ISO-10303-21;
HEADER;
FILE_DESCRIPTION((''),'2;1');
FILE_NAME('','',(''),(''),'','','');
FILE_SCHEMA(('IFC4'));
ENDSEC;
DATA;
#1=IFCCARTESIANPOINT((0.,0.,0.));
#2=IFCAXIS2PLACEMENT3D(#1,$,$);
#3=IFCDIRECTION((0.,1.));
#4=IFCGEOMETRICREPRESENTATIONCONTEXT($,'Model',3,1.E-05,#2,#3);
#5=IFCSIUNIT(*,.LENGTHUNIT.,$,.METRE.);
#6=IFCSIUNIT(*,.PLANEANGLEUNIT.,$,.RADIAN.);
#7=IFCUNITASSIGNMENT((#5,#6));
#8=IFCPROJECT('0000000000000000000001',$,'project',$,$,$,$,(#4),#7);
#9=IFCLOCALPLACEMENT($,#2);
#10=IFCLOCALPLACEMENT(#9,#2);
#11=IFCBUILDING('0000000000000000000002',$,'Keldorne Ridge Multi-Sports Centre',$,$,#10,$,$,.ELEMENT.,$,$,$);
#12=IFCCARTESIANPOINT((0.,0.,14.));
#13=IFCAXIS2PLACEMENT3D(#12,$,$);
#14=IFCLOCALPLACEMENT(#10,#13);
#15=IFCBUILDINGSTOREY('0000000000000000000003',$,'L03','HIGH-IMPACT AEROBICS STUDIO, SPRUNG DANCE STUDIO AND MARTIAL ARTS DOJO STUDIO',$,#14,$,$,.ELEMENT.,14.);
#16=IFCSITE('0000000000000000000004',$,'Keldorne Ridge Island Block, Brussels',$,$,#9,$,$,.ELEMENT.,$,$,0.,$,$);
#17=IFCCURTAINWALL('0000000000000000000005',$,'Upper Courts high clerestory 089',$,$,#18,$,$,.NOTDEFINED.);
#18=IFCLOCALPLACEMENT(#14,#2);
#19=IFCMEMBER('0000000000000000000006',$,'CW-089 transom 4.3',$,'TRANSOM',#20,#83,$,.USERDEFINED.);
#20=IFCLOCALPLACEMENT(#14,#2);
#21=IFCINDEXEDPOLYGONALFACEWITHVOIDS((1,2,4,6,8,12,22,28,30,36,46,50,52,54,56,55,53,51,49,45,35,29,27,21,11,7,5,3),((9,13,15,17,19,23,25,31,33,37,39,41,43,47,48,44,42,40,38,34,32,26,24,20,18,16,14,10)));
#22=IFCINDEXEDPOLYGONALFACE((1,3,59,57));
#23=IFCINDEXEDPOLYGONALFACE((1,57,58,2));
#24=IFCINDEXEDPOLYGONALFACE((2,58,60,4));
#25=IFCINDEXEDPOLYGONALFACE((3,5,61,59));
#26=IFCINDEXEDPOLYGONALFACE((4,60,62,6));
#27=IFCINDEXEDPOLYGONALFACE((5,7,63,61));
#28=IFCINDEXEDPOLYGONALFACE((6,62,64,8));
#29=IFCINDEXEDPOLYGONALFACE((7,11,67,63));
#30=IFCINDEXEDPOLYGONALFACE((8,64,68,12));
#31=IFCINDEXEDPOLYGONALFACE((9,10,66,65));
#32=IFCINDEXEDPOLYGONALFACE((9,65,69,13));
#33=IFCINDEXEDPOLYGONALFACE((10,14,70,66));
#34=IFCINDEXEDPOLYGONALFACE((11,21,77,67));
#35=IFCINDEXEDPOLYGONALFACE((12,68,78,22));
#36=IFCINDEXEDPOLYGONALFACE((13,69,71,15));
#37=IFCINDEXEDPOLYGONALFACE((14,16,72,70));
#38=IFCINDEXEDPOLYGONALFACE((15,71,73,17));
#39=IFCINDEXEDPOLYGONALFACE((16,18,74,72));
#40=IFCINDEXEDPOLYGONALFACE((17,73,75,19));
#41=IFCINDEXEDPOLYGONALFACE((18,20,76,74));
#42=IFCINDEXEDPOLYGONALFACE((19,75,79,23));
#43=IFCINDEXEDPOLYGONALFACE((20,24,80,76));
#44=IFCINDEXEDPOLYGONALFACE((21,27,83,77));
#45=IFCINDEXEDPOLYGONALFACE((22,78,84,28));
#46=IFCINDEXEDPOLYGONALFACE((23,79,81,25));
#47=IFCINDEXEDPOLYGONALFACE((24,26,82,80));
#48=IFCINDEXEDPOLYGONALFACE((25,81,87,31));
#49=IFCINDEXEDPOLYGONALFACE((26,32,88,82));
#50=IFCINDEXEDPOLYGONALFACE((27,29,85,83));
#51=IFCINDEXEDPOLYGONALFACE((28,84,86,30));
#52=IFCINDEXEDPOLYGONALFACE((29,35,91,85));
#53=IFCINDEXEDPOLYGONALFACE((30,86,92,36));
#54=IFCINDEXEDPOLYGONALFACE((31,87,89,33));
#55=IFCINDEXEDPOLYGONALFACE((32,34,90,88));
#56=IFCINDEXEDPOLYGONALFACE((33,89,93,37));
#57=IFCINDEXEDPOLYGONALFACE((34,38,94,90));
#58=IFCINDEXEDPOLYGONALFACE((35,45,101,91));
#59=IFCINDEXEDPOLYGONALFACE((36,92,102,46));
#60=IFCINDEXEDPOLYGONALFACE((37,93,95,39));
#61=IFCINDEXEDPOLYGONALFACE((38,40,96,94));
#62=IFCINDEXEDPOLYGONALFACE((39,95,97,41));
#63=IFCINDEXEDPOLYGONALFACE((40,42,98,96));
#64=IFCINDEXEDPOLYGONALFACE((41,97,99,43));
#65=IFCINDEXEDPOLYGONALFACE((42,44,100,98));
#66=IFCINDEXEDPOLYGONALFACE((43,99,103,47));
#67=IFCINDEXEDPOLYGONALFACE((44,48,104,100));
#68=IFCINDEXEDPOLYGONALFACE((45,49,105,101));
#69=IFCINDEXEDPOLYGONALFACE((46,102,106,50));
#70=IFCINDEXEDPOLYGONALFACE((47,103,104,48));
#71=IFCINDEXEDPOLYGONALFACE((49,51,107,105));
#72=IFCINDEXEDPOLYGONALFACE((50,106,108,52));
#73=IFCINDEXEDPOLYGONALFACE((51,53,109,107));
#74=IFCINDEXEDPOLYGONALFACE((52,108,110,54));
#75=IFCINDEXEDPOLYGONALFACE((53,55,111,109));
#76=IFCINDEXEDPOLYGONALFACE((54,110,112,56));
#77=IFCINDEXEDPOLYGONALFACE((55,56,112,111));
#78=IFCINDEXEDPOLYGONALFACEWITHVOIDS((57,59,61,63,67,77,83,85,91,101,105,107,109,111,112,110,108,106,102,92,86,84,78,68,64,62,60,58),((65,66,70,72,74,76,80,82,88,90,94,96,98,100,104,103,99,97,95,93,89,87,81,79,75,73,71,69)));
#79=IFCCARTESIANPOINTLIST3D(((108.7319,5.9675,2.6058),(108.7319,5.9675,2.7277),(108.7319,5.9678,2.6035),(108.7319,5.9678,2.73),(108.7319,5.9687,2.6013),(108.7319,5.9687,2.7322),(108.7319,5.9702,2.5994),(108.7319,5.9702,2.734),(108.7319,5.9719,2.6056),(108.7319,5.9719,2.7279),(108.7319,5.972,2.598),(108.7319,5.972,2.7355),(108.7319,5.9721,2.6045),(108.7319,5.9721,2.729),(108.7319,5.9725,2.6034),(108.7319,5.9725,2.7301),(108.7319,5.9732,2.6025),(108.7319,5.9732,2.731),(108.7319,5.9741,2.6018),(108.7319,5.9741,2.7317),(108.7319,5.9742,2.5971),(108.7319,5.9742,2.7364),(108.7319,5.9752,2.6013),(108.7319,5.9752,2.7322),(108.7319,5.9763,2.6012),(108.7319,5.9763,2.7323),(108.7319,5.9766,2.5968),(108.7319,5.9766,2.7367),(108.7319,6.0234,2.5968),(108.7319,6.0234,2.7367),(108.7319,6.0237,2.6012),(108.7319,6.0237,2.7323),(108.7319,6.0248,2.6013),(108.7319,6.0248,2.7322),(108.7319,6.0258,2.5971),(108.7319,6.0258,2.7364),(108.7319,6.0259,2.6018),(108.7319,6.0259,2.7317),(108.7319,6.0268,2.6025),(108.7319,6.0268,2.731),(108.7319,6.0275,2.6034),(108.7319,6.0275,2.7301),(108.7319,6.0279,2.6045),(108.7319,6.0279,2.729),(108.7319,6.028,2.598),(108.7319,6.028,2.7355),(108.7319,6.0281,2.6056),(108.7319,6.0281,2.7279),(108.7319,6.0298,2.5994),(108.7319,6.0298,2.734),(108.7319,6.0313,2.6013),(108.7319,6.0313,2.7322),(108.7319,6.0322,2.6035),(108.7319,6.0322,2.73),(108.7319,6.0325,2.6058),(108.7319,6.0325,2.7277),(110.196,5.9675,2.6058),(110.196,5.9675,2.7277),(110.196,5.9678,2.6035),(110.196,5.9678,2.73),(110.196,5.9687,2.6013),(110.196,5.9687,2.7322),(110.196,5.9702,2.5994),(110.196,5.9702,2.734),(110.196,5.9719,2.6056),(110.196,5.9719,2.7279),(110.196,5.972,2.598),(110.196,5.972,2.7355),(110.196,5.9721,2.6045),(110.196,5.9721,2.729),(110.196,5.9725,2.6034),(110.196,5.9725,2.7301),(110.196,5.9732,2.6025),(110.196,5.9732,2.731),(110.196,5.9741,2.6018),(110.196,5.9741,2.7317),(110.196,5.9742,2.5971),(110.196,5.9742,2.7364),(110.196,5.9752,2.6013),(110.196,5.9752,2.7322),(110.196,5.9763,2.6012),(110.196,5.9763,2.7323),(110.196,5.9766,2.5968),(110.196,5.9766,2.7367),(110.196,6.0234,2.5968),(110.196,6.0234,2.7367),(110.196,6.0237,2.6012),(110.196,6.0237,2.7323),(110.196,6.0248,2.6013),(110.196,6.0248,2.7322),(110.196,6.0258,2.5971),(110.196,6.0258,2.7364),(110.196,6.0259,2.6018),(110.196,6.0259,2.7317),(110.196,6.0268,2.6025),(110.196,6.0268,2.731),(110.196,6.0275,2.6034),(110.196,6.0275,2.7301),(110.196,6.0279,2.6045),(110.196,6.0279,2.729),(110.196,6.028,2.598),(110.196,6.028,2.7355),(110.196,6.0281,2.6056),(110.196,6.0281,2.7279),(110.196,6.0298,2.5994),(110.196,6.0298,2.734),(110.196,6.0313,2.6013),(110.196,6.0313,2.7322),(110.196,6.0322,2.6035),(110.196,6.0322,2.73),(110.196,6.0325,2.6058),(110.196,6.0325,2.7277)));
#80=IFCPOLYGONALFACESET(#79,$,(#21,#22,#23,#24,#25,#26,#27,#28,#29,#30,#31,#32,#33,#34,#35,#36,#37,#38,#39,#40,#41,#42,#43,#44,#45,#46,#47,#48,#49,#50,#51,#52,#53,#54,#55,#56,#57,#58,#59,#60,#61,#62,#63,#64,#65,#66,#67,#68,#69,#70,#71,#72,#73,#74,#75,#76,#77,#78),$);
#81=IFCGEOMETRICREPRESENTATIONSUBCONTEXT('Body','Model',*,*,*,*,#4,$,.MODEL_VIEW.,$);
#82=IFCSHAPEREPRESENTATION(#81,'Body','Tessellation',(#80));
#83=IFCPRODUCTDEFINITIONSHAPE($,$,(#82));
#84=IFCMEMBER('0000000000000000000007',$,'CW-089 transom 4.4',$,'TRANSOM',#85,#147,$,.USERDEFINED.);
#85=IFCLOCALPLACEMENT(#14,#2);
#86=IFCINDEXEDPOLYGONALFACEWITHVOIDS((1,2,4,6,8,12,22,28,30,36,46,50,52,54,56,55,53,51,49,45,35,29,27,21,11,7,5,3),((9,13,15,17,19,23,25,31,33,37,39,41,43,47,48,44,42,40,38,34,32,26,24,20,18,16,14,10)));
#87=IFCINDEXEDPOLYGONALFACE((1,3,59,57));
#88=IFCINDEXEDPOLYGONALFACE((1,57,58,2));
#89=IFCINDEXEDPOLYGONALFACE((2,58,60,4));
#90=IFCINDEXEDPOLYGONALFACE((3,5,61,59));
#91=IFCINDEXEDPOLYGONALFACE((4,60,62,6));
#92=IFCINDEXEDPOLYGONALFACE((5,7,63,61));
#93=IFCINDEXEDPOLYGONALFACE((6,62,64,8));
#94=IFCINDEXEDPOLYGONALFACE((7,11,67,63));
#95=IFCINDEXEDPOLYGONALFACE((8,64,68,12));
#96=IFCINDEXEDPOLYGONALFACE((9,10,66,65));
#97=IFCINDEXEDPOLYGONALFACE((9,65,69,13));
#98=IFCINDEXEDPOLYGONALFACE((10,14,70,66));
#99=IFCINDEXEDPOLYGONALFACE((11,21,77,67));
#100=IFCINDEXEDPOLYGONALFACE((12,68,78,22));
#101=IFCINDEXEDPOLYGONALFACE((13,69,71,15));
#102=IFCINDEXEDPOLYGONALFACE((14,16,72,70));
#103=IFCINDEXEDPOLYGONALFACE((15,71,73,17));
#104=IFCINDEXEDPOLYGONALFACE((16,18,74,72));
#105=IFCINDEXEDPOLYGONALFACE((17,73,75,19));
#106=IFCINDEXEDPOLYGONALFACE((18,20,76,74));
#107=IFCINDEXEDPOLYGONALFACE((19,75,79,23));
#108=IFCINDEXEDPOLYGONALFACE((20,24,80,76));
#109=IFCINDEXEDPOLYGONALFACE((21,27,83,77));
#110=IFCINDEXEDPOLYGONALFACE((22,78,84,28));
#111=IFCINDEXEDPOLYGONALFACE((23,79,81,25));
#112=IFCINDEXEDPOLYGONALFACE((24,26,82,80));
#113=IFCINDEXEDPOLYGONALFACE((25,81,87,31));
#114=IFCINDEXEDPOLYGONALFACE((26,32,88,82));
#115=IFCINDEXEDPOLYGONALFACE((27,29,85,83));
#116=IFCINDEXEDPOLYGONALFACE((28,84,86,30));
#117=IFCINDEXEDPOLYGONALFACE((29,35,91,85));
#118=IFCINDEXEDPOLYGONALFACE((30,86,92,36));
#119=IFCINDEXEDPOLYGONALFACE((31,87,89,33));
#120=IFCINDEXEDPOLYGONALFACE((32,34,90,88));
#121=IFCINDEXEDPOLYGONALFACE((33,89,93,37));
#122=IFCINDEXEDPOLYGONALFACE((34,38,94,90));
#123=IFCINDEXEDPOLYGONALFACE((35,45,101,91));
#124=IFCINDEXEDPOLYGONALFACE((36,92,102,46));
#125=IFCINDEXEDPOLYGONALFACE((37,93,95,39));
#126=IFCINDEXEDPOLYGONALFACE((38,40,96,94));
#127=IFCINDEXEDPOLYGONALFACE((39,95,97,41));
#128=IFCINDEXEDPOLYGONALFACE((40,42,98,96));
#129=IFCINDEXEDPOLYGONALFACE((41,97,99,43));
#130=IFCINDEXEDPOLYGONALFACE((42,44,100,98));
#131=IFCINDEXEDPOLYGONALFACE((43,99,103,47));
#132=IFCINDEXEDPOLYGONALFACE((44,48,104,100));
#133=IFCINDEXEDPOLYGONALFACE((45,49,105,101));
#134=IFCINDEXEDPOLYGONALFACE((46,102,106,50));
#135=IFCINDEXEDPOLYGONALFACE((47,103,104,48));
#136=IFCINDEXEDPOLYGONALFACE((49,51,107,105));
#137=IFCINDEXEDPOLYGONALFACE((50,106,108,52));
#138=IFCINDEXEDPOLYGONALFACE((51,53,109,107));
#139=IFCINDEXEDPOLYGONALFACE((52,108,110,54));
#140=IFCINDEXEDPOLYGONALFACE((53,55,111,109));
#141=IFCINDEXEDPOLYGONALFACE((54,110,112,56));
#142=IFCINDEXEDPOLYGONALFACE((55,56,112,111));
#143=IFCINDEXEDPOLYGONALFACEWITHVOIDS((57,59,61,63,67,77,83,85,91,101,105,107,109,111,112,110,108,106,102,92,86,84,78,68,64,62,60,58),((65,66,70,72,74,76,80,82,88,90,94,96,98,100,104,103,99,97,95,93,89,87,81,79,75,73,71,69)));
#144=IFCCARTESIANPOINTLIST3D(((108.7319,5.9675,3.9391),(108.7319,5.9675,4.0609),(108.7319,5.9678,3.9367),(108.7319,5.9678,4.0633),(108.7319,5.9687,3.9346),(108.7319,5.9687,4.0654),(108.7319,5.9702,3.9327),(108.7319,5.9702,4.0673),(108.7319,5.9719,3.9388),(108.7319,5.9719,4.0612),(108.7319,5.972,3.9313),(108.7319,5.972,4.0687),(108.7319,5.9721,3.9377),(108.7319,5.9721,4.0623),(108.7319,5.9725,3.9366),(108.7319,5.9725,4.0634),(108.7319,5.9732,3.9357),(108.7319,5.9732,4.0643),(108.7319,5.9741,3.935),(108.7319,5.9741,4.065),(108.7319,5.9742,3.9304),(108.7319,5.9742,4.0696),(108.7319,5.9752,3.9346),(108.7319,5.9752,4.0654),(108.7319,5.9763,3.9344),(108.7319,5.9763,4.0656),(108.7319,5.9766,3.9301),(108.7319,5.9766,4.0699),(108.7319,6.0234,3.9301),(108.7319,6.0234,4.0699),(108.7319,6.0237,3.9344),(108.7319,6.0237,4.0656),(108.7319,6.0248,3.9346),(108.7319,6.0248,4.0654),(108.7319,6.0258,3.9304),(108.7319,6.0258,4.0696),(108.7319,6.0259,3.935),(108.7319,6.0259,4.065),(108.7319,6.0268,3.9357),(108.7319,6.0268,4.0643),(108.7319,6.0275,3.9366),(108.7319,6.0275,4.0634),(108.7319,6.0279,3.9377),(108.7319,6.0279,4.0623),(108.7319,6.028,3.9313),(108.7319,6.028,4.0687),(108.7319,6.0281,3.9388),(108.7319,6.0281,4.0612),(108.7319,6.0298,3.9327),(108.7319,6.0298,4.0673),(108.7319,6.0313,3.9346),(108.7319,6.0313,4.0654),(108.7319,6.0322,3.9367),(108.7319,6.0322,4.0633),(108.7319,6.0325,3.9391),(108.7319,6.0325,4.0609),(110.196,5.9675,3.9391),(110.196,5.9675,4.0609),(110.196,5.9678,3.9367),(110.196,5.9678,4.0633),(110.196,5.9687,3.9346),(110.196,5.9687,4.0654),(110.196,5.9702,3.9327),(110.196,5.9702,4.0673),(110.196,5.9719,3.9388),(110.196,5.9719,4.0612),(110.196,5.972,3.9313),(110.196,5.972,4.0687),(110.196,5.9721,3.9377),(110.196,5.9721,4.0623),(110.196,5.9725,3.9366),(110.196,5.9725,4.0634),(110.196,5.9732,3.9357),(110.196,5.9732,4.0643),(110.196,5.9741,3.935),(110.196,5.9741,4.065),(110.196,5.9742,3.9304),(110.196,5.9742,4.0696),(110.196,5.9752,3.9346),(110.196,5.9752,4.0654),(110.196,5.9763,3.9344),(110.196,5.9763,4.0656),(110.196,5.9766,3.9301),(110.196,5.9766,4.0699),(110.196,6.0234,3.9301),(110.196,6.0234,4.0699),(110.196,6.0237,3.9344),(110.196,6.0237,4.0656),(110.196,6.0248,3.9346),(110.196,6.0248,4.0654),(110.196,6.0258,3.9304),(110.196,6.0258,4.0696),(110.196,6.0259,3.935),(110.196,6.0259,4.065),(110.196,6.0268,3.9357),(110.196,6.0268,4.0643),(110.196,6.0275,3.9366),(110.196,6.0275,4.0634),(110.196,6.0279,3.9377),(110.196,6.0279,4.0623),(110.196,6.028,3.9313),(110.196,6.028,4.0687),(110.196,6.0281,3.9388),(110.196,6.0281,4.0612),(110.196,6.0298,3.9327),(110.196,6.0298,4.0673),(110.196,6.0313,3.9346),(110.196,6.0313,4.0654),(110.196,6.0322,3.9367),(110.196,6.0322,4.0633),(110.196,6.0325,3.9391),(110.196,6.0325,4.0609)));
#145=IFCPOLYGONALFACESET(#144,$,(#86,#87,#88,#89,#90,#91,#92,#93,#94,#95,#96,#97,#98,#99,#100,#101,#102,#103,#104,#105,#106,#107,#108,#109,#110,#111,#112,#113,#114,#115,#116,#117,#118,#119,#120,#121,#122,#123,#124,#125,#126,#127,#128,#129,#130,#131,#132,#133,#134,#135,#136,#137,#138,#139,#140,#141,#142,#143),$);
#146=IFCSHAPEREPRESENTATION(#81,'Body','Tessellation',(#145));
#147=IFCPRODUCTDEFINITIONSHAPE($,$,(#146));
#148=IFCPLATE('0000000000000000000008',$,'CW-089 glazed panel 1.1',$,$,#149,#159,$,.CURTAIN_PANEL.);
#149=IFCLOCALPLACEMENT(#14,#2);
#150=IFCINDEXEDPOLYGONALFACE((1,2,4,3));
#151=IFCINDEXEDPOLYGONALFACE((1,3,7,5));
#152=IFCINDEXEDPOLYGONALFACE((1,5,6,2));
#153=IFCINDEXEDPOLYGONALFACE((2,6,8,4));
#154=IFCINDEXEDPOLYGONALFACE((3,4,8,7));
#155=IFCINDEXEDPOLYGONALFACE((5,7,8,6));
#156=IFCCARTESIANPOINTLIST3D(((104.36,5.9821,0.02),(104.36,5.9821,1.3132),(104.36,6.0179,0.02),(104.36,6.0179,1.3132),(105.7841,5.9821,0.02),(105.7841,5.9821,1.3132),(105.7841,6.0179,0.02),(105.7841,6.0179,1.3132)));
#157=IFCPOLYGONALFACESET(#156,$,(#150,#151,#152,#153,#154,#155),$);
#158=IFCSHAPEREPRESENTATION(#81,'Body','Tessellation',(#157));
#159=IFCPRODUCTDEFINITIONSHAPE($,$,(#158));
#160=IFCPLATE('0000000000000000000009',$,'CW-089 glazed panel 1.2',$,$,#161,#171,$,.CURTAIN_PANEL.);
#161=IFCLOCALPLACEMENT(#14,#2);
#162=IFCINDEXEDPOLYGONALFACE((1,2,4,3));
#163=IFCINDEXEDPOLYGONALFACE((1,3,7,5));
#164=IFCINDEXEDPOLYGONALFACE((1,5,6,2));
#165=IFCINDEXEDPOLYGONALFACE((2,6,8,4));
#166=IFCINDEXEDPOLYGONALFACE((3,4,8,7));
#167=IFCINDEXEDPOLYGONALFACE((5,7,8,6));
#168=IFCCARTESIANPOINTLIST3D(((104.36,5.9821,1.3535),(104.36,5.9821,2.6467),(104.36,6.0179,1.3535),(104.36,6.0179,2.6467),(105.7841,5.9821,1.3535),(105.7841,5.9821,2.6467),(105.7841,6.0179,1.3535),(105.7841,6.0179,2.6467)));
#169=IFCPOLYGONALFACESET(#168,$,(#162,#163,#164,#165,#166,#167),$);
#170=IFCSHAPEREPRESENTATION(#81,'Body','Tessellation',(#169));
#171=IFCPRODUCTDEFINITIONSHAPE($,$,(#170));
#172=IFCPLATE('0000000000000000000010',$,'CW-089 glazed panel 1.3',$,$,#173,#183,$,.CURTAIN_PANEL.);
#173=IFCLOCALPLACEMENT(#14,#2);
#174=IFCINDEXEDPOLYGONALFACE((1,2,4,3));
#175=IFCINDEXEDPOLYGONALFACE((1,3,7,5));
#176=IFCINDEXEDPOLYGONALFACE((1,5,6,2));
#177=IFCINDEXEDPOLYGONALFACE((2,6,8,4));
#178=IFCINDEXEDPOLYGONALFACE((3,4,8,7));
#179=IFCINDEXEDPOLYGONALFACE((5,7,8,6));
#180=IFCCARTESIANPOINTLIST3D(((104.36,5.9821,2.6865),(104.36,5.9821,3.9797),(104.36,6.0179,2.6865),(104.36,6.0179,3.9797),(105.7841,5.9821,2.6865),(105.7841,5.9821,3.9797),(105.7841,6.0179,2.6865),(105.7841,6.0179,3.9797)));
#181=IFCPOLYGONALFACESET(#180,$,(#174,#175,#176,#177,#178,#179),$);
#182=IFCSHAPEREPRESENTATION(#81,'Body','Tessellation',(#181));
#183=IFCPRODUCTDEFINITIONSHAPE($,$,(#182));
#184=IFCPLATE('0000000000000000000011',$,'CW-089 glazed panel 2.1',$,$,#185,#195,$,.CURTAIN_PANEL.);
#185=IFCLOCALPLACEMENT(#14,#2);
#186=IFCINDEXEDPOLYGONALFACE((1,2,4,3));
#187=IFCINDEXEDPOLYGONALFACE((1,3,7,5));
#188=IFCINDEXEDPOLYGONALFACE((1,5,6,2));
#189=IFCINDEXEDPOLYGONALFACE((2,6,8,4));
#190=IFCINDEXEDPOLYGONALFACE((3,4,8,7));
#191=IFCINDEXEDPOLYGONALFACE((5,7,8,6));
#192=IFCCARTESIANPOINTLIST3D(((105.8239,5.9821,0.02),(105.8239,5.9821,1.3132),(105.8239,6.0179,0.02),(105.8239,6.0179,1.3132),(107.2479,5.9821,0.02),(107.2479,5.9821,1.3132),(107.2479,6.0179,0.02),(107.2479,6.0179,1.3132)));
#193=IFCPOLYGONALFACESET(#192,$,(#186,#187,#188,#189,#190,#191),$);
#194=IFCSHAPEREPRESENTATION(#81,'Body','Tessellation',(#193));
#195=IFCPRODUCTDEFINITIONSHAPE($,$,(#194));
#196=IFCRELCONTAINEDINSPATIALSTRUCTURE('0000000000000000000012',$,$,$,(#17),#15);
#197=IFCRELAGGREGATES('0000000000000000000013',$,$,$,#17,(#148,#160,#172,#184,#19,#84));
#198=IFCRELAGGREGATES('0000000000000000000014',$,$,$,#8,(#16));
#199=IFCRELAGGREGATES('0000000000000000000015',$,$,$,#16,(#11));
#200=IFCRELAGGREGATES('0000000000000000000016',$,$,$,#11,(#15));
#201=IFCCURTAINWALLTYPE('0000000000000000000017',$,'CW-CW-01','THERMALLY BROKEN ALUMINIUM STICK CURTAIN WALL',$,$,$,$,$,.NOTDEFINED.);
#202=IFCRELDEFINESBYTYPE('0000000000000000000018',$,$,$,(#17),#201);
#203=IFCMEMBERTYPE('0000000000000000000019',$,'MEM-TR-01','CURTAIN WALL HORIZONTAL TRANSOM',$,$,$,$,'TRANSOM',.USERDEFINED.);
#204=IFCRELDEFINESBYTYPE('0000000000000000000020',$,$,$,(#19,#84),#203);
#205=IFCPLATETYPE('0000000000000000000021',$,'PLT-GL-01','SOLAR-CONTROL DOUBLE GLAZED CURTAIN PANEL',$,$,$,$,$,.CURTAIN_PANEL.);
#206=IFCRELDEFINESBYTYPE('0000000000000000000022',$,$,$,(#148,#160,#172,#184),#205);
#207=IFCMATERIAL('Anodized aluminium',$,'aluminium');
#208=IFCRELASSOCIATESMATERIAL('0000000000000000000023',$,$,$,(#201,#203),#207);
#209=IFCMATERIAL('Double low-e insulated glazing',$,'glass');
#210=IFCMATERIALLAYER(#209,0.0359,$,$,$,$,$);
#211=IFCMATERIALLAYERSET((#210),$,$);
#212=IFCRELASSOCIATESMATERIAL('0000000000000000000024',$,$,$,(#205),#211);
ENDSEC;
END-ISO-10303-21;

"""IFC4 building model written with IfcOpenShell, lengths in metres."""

from ifc_helpers import new_model, si_unit, direction, frame, origin, origin_2d, place, context, subcontext, project, spatial, rectangle, hollow_rectangle, extrude, material, layer, layer_set, material_profile, profile_set, type_object, element, aggregate, save


model = new_model("IFC4")

# Units and contexts
model_context = context("Model", 3, precision=1e-05, world=origin(), true_north=direction((0.0, 1.0)))
body_context = subcontext(model_context, "Body", "Model", "MODEL_VIEW")
ifc_project = project(units=[si_unit("LENGTHUNIT", "METRE"), si_unit("PLANEANGLEUNIT", "RADIAN")], contexts=[model_context])

# Site, building, storey
site_placement = place(None, origin())
site = spatial("IfcSite", under=ifc_project, at=site_placement, Name="Keldorne Ridge Island Block, Brussels", CompositionType="ELEMENT", RefElevation=0.0)
building_placement = place(site_placement, origin())
building = spatial("IfcBuilding", under=site, at=building_placement, Name="Keldorne Ridge Multi-Sports Centre", CompositionType="ELEMENT")
storey_placement = place(building_placement, frame((0.0, 0.0, 14.0)))
storey = spatial("IfcBuildingStorey", under=building, at=storey_placement, Name="L03", Description="HIGH-IMPACT AEROBICS STUDIO, SPRUNG DANCE STUDIO AND MARTIAL ARTS DOJO STUDIO", CompositionType="ELEMENT", Elevation=14.0)

# Curtain wall, members, plates
ifc_material_1 = material(Name="Anodized aluminium", Category="aluminium")
curtain_wall_type = type_object("IfcCurtainWallType", Name="CW-CW-01", Description="THERMALLY BROKEN ALUMINIUM STICK CURTAIN WALL", PredefinedType="NOTDEFINED", material=ifc_material_1)
curtain_wall_placement = place(storey_placement, origin())
curtain_wall = element("IfcCurtainWall", 1, at=curtain_wall_placement, inside=storey, type_object=curtain_wall_type, Name="Upper Courts high clerestory 089", PredefinedType="NOTDEFINED")
ifc_material_profile_1 = material_profile(ifc_material_1, hollow_rectangle(XDim=0.0649, YDim=0.1399, WallThickness=0.0044, InnerFilletRadius=0.0044, OuterFilletRadius=0.009, at=origin_2d()), Name="ALU TRANSOM 140x65x4.5")
ifc_profile_set_1 = profile_set([ifc_material_profile_1], Name="Anodized aluminium")
member_type_1 = type_object("IfcMemberType", Name="MEM-TR-01", Description="CURTAIN WALL HORIZONTAL TRANSOM", ElementType="TRANSOM", PredefinedType="USERDEFINED", material=ifc_profile_set_1)
member_1_placement = place(storey_placement, frame((108.7319, 6.0, 2.6667), z_axis=(1.0, 0.0, 0.0), x_axis=(0.0, 1.0, 0.0)))
member_1 = element("IfcMember", 2, at=member_1_placement, type_object=member_type_1, Name="CW-089 transom 4.3", ObjectType="TRANSOM", PredefinedType="USERDEFINED", context=body_context, shape_type="SweptSolid", body=[
    extrude(hollow_rectangle(XDim=0.0649, YDim=0.1399, WallThickness=0.0044, InnerFilletRadius=0.0044, OuterFilletRadius=0.009, at=origin_2d()), origin(), (0.0, 0.0, 1.0), 1.4641),
])
member_2_placement = place(storey_placement, frame((108.7319, 6.0, 4.0), z_axis=(1.0, 0.0, 0.0), x_axis=(0.0, 1.0, 0.0)))
member_2 = element("IfcMember", 3, at=member_2_placement, type_object=member_type_1, Name="CW-089 transom 4.4", ObjectType="TRANSOM", PredefinedType="USERDEFINED", context=body_context, shape_type="SweptSolid", body=[
    extrude(hollow_rectangle(XDim=0.0649, YDim=0.1399, WallThickness=0.0044, InnerFilletRadius=0.0044, OuterFilletRadius=0.009, at=origin_2d()), origin(), (0.0, 0.0, 1.0), 1.4641),
])
ifc_material_2 = material(Name="Double low-e insulated glazing", Category="glass")
ifc_layer = layer(ifc_material_2, 0.0359)
ifc_layer_set = layer_set([ifc_layer])
plate_type = type_object("IfcPlateType", Name="PLT-GL-01", Description="SOLAR-CONTROL DOUBLE GLAZED CURTAIN PANEL", PredefinedType="CURTAIN_PANEL", material=ifc_layer_set)
plate_1_placement = place(storey_placement, frame((105.072, 6.0, 0.02), z_axis=(0.0, 0.0, 1.0), x_axis=(1.0, 0.0, 0.0)))
plate_1 = element("IfcPlate", 4, at=plate_1_placement, type_object=plate_type, Name="CW-089 glazed panel 1.1", PredefinedType="CURTAIN_PANEL", context=body_context, shape_type="SweptSolid", body=[
    extrude(rectangle(XDim=1.4241, YDim=0.0359, at=origin_2d()), origin(), (0.0, 0.0, 1.0), 1.2932),
])
plate_2_placement = place(storey_placement, frame((105.072, 6.0, 1.3535), z_axis=(0.0, 0.0, 1.0), x_axis=(1.0, 0.0, 0.0)))
plate_2 = element("IfcPlate", 5, at=plate_2_placement, type_object=plate_type, Name="CW-089 glazed panel 1.2", PredefinedType="CURTAIN_PANEL", context=body_context, shape_type="SweptSolid", body=[
    extrude(rectangle(XDim=1.4241, YDim=0.0359, at=origin_2d()), origin(), (0.0, 0.0, 1.0), 1.2932),
])
plate_3_placement = place(storey_placement, frame((105.072, 6.0, 2.6865), z_axis=(0.0, 0.0, 1.0), x_axis=(1.0, 0.0, 0.0)))
plate_3 = element("IfcPlate", 6, at=plate_3_placement, type_object=plate_type, Name="CW-089 glazed panel 1.3", PredefinedType="CURTAIN_PANEL", context=body_context, shape_type="SweptSolid", body=[
    extrude(rectangle(XDim=1.4241, YDim=0.0359, at=origin_2d()), origin(), (0.0, 0.0, 1.0), 1.2932),
])
plate_4_placement = place(storey_placement, frame((106.5359, 6.0, 0.02), z_axis=(0.0, 0.0, 1.0), x_axis=(1.0, 0.0, 0.0)))
plate_4 = element("IfcPlate", 7, at=plate_4_placement, type_object=plate_type, Name="CW-089 glazed panel 2.1", PredefinedType="CURTAIN_PANEL", context=body_context, shape_type="SweptSolid", body=[
    extrude(rectangle(XDim=1.4241, YDim=0.0359, at=origin_2d()), origin(), (0.0, 0.0, 1.0), 1.2932),
])
aggregate(curtain_wall, [plate_1, plate_2, plate_3, plate_4, member_1, member_2])

save(model, "model.ifc")
